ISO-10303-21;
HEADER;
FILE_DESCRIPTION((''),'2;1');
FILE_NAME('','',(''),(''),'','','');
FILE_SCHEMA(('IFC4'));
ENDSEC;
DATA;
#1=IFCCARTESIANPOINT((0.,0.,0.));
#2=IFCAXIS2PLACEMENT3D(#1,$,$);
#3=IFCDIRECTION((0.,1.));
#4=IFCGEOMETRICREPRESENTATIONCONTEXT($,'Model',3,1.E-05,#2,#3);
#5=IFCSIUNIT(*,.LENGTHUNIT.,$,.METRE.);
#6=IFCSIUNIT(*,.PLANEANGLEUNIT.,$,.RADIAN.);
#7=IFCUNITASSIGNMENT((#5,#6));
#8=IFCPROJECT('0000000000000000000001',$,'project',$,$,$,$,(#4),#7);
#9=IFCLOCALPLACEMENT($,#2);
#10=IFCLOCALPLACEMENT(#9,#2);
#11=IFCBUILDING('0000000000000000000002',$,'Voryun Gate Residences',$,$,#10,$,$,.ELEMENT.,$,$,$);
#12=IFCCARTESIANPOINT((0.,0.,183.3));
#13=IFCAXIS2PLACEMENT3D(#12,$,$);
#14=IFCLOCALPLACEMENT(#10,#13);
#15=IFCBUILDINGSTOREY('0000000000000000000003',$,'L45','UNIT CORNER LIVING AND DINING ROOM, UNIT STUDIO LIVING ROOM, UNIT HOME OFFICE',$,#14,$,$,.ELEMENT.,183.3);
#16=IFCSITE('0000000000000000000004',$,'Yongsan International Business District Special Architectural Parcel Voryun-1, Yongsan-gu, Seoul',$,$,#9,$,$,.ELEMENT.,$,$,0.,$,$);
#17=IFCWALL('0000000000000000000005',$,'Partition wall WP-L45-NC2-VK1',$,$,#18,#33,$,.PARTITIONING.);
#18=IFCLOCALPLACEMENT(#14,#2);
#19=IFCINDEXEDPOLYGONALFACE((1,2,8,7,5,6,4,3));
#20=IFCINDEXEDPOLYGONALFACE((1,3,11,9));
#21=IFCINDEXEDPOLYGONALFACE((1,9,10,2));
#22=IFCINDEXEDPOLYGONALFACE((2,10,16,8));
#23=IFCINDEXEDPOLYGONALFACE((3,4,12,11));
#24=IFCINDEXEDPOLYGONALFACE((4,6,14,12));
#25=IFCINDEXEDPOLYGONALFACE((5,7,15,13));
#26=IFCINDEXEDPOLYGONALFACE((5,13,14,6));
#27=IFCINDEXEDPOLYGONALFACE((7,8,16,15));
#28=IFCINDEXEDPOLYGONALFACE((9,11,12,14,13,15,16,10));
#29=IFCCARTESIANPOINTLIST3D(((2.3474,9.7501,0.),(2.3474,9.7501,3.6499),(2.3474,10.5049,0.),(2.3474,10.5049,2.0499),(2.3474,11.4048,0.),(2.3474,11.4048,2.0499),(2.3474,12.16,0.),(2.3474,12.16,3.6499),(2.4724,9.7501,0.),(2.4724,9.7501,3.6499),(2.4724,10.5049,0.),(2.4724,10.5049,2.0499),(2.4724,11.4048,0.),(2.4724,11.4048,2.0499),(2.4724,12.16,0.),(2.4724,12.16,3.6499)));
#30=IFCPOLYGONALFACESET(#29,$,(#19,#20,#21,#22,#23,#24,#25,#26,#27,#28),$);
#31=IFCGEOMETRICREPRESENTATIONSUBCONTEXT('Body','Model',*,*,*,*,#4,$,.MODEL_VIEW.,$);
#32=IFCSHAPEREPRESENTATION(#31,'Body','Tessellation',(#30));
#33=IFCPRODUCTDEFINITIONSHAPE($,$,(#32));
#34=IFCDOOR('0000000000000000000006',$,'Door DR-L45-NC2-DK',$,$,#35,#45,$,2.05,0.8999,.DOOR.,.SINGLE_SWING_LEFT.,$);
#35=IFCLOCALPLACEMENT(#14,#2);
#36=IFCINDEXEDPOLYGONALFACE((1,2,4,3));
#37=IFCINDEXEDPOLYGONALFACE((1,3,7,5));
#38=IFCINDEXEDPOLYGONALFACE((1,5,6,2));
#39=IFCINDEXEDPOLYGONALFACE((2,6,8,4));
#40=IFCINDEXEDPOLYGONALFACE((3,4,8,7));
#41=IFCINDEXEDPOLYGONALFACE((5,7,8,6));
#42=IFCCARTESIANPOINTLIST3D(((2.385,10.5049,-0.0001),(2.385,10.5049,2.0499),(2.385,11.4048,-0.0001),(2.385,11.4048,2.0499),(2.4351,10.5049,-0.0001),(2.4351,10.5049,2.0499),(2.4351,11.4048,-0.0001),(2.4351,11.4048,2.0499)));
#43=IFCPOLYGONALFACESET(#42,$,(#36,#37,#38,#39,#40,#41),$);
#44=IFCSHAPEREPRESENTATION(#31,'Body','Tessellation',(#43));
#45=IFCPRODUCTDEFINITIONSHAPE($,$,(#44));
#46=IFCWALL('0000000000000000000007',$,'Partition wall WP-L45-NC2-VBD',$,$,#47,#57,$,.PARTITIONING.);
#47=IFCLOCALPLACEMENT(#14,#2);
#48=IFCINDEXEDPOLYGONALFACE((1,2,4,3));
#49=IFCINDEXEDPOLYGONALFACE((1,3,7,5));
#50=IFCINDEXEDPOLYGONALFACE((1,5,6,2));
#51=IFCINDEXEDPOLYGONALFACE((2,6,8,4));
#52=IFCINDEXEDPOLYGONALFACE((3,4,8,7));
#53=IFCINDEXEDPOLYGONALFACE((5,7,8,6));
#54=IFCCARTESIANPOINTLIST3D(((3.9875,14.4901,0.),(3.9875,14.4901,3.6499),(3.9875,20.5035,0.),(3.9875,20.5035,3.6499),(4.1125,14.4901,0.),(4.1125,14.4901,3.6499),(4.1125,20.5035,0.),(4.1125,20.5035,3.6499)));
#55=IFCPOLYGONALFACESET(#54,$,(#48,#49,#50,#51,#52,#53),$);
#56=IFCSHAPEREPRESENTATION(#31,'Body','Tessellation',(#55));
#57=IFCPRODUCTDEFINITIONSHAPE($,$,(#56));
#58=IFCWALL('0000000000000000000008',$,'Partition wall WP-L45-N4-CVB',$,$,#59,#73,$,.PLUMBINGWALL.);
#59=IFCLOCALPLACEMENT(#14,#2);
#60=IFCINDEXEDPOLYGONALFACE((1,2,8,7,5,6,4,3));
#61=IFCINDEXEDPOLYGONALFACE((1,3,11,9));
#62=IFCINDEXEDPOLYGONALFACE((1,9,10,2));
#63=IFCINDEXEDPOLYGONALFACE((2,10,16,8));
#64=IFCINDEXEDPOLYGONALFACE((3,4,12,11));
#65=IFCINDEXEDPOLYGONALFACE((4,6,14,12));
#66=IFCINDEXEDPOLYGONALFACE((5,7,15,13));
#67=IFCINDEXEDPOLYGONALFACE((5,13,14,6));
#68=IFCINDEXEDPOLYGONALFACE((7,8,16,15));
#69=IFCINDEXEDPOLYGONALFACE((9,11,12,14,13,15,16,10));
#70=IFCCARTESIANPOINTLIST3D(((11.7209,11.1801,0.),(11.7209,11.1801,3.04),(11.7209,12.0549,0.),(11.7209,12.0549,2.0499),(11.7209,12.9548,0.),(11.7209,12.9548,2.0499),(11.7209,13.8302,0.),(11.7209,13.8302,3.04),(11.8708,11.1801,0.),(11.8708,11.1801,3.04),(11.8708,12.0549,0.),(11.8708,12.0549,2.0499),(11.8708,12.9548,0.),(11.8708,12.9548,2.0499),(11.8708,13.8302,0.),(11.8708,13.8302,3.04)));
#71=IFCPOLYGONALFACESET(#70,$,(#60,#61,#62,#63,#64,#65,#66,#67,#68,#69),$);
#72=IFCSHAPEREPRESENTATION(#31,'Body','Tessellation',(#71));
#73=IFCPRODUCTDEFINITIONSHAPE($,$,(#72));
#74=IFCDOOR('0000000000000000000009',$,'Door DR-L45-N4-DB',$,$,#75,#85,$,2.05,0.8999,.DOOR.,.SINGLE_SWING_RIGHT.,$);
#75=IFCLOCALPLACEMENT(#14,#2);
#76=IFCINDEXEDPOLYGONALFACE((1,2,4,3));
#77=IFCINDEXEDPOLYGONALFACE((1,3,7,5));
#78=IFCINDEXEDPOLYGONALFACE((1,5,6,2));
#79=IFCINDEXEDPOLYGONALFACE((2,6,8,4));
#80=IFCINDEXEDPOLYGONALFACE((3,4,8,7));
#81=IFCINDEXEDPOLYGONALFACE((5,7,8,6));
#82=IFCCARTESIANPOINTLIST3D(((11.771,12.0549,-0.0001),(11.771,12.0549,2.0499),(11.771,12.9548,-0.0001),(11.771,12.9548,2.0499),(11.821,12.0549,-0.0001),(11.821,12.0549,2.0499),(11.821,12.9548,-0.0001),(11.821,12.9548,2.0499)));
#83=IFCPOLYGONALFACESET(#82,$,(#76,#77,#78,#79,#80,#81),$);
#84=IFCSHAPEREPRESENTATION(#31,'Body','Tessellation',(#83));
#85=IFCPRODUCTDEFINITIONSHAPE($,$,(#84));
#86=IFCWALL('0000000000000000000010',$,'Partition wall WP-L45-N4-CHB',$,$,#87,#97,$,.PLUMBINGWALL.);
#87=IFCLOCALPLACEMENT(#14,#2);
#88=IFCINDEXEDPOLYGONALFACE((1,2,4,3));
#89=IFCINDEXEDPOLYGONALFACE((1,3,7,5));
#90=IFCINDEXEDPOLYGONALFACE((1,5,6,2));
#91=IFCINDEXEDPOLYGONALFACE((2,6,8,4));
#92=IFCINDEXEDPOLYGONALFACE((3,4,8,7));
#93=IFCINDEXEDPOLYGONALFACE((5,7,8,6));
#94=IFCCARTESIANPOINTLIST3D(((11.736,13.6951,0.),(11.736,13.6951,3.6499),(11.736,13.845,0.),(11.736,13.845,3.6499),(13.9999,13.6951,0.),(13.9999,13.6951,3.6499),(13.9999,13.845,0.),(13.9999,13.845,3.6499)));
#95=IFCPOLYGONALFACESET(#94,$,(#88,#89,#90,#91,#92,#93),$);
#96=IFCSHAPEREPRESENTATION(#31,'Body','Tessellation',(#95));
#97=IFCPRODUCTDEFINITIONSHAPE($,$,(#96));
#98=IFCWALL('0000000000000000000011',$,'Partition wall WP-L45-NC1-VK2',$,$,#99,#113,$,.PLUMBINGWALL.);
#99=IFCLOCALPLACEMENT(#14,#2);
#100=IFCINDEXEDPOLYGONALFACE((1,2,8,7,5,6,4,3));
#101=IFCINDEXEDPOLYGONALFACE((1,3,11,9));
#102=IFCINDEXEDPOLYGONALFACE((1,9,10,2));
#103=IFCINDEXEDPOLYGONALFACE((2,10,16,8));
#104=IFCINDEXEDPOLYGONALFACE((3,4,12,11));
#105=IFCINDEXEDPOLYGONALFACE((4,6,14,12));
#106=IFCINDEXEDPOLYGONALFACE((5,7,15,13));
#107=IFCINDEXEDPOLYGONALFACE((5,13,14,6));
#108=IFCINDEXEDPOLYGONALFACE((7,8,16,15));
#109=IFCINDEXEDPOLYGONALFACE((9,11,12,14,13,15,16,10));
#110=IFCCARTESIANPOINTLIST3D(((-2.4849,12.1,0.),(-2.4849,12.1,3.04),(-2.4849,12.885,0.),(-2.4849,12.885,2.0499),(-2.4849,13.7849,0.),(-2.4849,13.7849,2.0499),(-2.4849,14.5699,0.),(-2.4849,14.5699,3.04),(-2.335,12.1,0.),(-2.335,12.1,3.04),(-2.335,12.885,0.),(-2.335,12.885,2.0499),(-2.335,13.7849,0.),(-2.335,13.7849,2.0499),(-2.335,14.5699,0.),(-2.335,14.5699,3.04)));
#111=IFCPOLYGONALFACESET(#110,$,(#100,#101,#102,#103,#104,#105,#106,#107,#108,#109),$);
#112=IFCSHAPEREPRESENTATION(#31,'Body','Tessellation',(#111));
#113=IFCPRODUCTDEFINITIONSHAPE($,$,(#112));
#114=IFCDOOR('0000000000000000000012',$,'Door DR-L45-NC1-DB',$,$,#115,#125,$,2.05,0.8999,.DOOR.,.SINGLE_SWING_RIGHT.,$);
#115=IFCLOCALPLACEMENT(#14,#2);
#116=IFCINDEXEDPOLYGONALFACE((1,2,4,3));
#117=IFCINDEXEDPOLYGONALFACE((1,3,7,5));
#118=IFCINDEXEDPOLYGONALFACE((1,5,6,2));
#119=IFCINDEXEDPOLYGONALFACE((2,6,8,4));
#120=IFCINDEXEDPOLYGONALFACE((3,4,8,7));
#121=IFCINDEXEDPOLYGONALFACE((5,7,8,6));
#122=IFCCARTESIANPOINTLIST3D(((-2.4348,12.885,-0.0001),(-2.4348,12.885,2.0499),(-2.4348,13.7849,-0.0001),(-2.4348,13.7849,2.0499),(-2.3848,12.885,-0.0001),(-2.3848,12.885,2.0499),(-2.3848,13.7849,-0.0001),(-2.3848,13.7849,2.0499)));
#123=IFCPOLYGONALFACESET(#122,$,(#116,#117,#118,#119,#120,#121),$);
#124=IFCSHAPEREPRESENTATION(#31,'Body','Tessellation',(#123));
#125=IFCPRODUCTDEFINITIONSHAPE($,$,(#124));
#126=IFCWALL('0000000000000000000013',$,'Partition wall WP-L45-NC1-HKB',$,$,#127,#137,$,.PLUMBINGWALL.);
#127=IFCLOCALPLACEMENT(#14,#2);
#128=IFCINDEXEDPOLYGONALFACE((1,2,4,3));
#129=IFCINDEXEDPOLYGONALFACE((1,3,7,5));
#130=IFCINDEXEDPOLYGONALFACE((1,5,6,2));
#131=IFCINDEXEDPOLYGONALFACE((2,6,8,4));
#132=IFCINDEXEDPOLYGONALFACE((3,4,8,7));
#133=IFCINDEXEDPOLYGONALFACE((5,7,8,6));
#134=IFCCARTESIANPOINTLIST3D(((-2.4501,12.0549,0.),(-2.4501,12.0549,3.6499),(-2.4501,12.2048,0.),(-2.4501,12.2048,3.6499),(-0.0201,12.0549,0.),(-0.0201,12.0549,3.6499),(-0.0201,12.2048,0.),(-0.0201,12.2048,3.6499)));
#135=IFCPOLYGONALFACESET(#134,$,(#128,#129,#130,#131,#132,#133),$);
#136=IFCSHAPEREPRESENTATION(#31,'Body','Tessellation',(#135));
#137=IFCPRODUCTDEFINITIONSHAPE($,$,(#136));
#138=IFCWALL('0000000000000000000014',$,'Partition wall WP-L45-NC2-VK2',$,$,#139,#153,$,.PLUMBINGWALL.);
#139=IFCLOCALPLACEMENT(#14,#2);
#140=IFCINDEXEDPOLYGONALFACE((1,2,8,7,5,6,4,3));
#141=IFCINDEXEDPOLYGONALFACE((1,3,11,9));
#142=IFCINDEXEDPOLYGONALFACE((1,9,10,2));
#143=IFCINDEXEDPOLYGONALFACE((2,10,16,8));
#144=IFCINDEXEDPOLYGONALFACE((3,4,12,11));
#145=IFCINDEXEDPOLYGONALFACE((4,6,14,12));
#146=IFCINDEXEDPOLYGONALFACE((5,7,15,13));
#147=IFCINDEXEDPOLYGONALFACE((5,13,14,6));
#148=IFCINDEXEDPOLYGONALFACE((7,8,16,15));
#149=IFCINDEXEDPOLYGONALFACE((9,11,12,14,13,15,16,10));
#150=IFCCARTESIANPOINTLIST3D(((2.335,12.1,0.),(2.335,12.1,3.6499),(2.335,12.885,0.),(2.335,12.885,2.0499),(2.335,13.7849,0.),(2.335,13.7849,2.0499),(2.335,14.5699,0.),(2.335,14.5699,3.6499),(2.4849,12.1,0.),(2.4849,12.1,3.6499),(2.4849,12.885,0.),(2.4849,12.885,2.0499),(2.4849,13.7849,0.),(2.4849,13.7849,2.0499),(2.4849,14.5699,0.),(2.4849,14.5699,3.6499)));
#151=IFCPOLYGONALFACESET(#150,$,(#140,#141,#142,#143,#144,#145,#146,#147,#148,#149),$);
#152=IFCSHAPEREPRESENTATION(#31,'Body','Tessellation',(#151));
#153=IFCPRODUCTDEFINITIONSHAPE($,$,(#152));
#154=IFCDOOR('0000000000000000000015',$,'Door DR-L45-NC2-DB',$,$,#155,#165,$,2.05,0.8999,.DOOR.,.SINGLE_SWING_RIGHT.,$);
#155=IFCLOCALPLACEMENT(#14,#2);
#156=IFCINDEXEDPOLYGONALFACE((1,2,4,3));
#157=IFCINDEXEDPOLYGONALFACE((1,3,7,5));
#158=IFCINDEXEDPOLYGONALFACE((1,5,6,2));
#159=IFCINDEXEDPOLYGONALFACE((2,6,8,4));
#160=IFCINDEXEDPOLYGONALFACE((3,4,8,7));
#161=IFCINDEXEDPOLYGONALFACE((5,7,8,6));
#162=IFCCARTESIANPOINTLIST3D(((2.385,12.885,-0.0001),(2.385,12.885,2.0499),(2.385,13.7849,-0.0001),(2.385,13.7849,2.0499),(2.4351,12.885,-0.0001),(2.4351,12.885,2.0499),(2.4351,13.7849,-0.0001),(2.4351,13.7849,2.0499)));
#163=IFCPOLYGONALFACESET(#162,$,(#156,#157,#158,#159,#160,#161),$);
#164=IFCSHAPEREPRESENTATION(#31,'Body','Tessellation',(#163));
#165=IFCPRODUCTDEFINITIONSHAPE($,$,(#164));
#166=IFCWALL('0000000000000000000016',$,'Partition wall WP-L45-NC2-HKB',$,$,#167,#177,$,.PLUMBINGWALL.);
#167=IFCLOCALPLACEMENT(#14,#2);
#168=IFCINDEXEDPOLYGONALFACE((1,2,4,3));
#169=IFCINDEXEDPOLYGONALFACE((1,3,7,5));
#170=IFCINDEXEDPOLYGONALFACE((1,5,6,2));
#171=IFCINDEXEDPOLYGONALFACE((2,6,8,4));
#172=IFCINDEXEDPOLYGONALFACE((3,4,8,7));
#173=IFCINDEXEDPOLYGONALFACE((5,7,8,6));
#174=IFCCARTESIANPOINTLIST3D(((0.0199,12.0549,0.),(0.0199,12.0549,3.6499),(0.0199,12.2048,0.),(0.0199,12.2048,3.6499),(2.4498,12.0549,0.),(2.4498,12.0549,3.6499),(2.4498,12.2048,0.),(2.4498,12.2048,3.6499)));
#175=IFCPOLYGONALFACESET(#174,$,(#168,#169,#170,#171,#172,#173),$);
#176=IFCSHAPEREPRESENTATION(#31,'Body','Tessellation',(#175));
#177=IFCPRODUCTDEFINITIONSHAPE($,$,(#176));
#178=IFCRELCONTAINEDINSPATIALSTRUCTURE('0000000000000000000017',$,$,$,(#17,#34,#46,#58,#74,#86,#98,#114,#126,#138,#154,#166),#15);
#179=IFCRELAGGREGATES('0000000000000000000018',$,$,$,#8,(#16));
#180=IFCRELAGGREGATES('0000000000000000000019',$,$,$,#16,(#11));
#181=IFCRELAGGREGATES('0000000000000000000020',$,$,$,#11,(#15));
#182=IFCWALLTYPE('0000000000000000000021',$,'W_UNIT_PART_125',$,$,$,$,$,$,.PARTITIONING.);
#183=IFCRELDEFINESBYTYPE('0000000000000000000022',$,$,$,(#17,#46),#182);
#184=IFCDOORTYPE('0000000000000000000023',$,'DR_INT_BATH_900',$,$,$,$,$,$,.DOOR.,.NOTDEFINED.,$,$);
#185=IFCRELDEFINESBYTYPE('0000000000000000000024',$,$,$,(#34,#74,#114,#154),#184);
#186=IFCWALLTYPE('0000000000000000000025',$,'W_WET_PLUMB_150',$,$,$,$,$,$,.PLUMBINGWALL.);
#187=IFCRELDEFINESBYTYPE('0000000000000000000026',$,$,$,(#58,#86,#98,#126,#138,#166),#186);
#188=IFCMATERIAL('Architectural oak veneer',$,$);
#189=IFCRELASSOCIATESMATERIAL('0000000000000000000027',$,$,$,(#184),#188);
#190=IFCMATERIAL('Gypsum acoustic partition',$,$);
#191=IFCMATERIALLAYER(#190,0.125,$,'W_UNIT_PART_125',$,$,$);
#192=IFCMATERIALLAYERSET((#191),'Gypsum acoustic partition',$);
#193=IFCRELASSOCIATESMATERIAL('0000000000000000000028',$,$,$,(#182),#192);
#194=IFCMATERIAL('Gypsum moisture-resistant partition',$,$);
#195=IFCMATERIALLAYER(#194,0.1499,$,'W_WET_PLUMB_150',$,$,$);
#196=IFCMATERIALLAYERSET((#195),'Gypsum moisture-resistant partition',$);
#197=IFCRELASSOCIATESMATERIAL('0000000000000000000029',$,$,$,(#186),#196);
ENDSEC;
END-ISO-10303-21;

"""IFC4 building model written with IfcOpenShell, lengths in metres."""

from ifc_helpers import new_model, si_unit, direction, frame, frame_2d, origin, place, context, subcontext, project, spatial, rectangle, extrude, material, layer, layer_set, type_object, element, fill, save


model = new_model("IFC4")

# Units and contexts
model_context = context("Model", 3, precision=1e-05, world=origin(), true_north=direction((0.0, 1.0)))
body_context = subcontext(model_context, "Body", "Model", "MODEL_VIEW")
ifc_project = project(units=[si_unit("LENGTHUNIT", "METRE"), si_unit("PLANEANGLEUNIT", "RADIAN")], contexts=[model_context])

# Site, building, storey
site_placement = place(None, origin())
site = spatial("IfcSite", under=ifc_project, at=site_placement, Name="Yongsan International Business District Special Architectural Parcel Voryun-1, Yongsan-gu, Seoul", CompositionType="ELEMENT", RefElevation=0.0)
building_placement = place(site_placement, origin())
building = spatial("IfcBuilding", under=site, at=building_placement, Name="Voryun Gate Residences", CompositionType="ELEMENT")
storey_placement = place(building_placement, frame((0.0, 0.0, 183.3)))
storey = spatial("IfcBuildingStorey", under=building, at=storey_placement, Name="L45", Description="UNIT CORNER LIVING AND DINING ROOM, UNIT STUDIO LIVING ROOM, UNIT HOME OFFICE", CompositionType="ELEMENT", Elevation=183.3)

# Shared definitions
ifc_material_1 = material(Name="Architectural oak veneer")
door_type_1 = type_object("IfcDoorType", Name="DR_INT_BATH_900", OperationType="NOTDEFINED", PredefinedType="DOOR", material=ifc_material_1)

# Shared definitions
ifc_material_2 = material(Name="Gypsum acoustic partition")
ifc_layer_1 = layer(ifc_material_2, 0.125, Name="W_UNIT_PART_125")
ifc_layer_set_1 = layer_set([ifc_layer_1], Name="Gypsum acoustic partition")
wall_type_1 = type_object("IfcWallType", Name="W_UNIT_PART_125", PredefinedType="PARTITIONING", material=ifc_layer_set_1)

# Wall, opening, door
wall_1_placement = place(storey_placement, frame((2.4099, 9.75, 0.0), z_axis=(0.0, 0.0, 1.0), x_axis=(0.0, 1.0, 0.0)))
wall_1 = element("IfcWall", 1, at=wall_1_placement, inside=storey, type_object=wall_type_1, Name="Partition wall WP-L45-NC2-VK1", PredefinedType="PARTITIONING", context=body_context, shape_type="SweptSolid", body=[
    extrude(rectangle(XDim=2.4099, YDim=0.125, at=frame_2d((1.2051, 0.0))), origin(), (0.0, 0.0, 1.0), 3.6499),
])
opening_1_placement = place(wall_1_placement, frame((0.7549, 0.0, 0.0)))
opening_1 = element("IfcOpeningElement", 2, at=opening_1_placement, cuts=wall_1, PredefinedType="OPENING", context=body_context, shape_type="SweptSolid", body=[
    extrude(rectangle(XDim=0.8999, YDim=2.05, at=frame_2d((0.45, 1.0249))), frame((0.0, 0.0725, 0.0), z_axis=(0.0, -1.0, 0.0), x_axis=(1.0, 0.0, 0.0)), (0.0, 0.0, 1.0), 0.145),
])
door_1_placement = place(opening_1_placement, origin())
door_1 = element("IfcDoor", 3, at=door_1_placement, inside=storey, type_object=door_type_1, Name="Door DR-L45-NC2-DK", OperationType="SINGLE_SWING_LEFT", OverallHeight=2.05, OverallWidth=0.8999, PredefinedType="DOOR", context=body_context, shape_type="SweptSolid", body=[
    extrude(rectangle(XDim=0.8999, YDim=2.05, at=frame_2d((0.45, 1.0249))), frame((0.0, 0.0249, 0.0), z_axis=(0.0, -1.0, 0.0), x_axis=(1.0, 0.0, 0.0)), (0.0, 0.0, 1.0), 0.05),
])
fill(opening_1, door_1)

# Wall
wall_2_placement = place(storey_placement, frame((4.05, 14.49, 0.0), z_axis=(0.0, 0.0, 1.0), x_axis=(0.0, 1.0, 0.0)))
element("IfcWall", 4, at=wall_2_placement, inside=storey, type_object=wall_type_1, Name="Partition wall WP-L45-NC2-VBD", PredefinedType="PARTITIONING", context=body_context, shape_type="SweptSolid", body=[
    extrude(rectangle(XDim=6.0134, YDim=0.125, at=frame_2d((3.0068, 0.0))), origin(), (0.0, 0.0, 1.0), 3.6499),
])

# Wall, opening, door
ifc_material_3 = material(Name="Gypsum moisture-resistant partition")
ifc_layer_2 = layer(ifc_material_3, 0.1499, Name="W_WET_PLUMB_150")
ifc_layer_set_2 = layer_set([ifc_layer_2], Name="Gypsum moisture-resistant partition")
wall_type_2 = type_object("IfcWallType", Name="W_WET_PLUMB_150", PredefinedType="PLUMBINGWALL", material=ifc_layer_set_2)
wall_3_placement = place(storey_placement, frame((11.7959, 11.1799, 0.0), z_axis=(0.0, 0.0, 1.0), x_axis=(0.0, 1.0, 0.0)))
wall_3 = element("IfcWall", 5, at=wall_3_placement, inside=storey, type_object=wall_type_2, Name="Partition wall WP-L45-N4-CVB", PredefinedType="PLUMBINGWALL", context=body_context, shape_type="SweptSolid", body=[
    extrude(rectangle(XDim=2.6501, YDim=0.1499, at=frame_2d((1.3252, 0.0))), origin(), (0.0, 0.0, 1.0), 3.04),
])
opening_2_placement = place(wall_3_placement, frame((0.875, 0.0, 0.0)))
opening_2 = element("IfcOpeningElement", 6, at=opening_2_placement, cuts=wall_3, PredefinedType="OPENING", context=body_context, shape_type="SweptSolid", body=[
    extrude(rectangle(XDim=0.8999, YDim=2.05, at=frame_2d((0.45, 1.0249))), frame((0.0, 0.085, 0.0), z_axis=(0.0, -1.0, 0.0), x_axis=(1.0, 0.0, 0.0)), (0.0, 0.0, 1.0), 0.1699),
])
door_2_placement = place(opening_2_placement, origin())
door_2 = element("IfcDoor", 7, at=door_2_placement, inside=storey, type_object=door_type_1, Name="Door DR-L45-N4-DB", OperationType="SINGLE_SWING_RIGHT", OverallHeight=2.05, OverallWidth=0.8999, PredefinedType="DOOR", context=body_context, shape_type="SweptSolid", body=[
    extrude(rectangle(XDim=0.8999, YDim=2.05, at=frame_2d((0.45, 1.0249))), frame((0.0, 0.0249, 0.0), z_axis=(0.0, -1.0, 0.0), x_axis=(1.0, 0.0, 0.0)), (0.0, 0.0, 1.0), 0.05),
])
fill(opening_2, door_2)

# Wall
wall_4_placement = place(storey_placement, frame((11.7361, 13.77, 0.0), z_axis=(0.0, 0.0, 1.0), x_axis=(1.0, 0.0, 0.0)))
element("IfcWall", 8, at=wall_4_placement, inside=storey, type_object=wall_type_2, Name="Partition wall WP-L45-N4-CHB", PredefinedType="PLUMBINGWALL", context=body_context, shape_type="SweptSolid", body=[
    extrude(rectangle(XDim=2.2639, YDim=0.1499, at=frame_2d((1.1318, 0.0))), origin(), (0.0, 0.0, 1.0), 3.6499),
])

# Wall, opening, door
wall_5_placement = place(storey_placement, frame((-2.4099, 12.1001, 0.0), z_axis=(0.0, 0.0, 1.0), x_axis=(0.0, 1.0, 0.0)))
wall_5 = element("IfcWall", 9, at=wall_5_placement, inside=storey, type_object=wall_type_2, Name="Partition wall WP-L45-NC1-VK2", PredefinedType="PLUMBINGWALL", context=body_context, shape_type="SweptSolid", body=[
    extrude(rectangle(XDim=2.47, YDim=0.1499, at=frame_2d((1.2349, 0.0))), origin(), (0.0, 0.0, 1.0), 3.04),
])
opening_3_placement = place(wall_5_placement, frame((0.7849, 0.0, 0.0)))
opening_3 = element("IfcOpeningElement", 10, at=opening_3_placement, cuts=wall_5, PredefinedType="OPENING", context=body_context, shape_type="SweptSolid", body=[
    extrude(rectangle(XDim=0.8999, YDim=2.05, at=frame_2d((0.45, 1.0249))), frame((0.0, 0.085, 0.0), z_axis=(0.0, -1.0, 0.0), x_axis=(1.0, 0.0, 0.0)), (0.0, 0.0, 1.0), 0.1699),
])
door_3_placement = place(opening_3_placement, origin())
door_3 = element("IfcDoor", 11, at=door_3_placement, inside=storey, type_object=door_type_1, Name="Door DR-L45-NC1-DB", OperationType="SINGLE_SWING_RIGHT", OverallHeight=2.05, OverallWidth=0.8999, PredefinedType="DOOR", context=body_context, shape_type="SweptSolid", body=[
    extrude(rectangle(XDim=0.8999, YDim=2.05, at=frame_2d((0.45, 1.0249))), frame((0.0, 0.0249, 0.0), z_axis=(0.0, -1.0, 0.0), x_axis=(1.0, 0.0, 0.0)), (0.0, 0.0, 1.0), 0.05),
])
fill(opening_3, door_3)

# Wall
wall_6_placement = place(storey_placement, frame((-2.45, 12.1299, 0.0), z_axis=(0.0, 0.0, 1.0), x_axis=(1.0, 0.0, 0.0)))
element("IfcWall", 12, at=wall_6_placement, inside=storey, type_object=wall_type_2, Name="Partition wall WP-L45-NC1-HKB", PredefinedType="PLUMBINGWALL", context=body_context, shape_type="SweptSolid", body=[
    extrude(rectangle(XDim=2.4299, YDim=0.1499, at=frame_2d((1.2148, 0.0))), origin(), (0.0, 0.0, 1.0), 3.6499),
])

# Wall, opening, door
wall_7_placement = place(storey_placement, frame((2.4099, 12.1001, 0.0), z_axis=(0.0, 0.0, 1.0), x_axis=(0.0, 1.0, 0.0)))
wall_7 = element("IfcWall", 13, at=wall_7_placement, inside=storey, type_object=wall_type_2, Name="Partition wall WP-L45-NC2-VK2", PredefinedType="PLUMBINGWALL", context=body_context, shape_type="SweptSolid", body=[
    extrude(rectangle(XDim=2.47, YDim=0.1499, at=frame_2d((1.2349, 0.0))), origin(), (0.0, 0.0, 1.0), 3.6499),
])
opening_4_placement = place(wall_7_placement, frame((0.7849, 0.0, 0.0)))
opening_4 = element("IfcOpeningElement", 14, at=opening_4_placement, cuts=wall_7, PredefinedType="OPENING", context=body_context, shape_type="SweptSolid", body=[
    extrude(rectangle(XDim=0.8999, YDim=2.05, at=frame_2d((0.45, 1.0249))), frame((0.0, 0.085, 0.0), z_axis=(0.0, -1.0, 0.0), x_axis=(1.0, 0.0, 0.0)), (0.0, 0.0, 1.0), 0.1699),
])
door_4_placement = place(opening_4_placement, origin())
door_4 = element("IfcDoor", 15, at=door_4_placement, inside=storey, type_object=door_type_1, Name="Door DR-L45-NC2-DB", OperationType="SINGLE_SWING_RIGHT", OverallHeight=2.05, OverallWidth=0.8999, PredefinedType="DOOR", context=body_context, shape_type="SweptSolid", body=[
    extrude(rectangle(XDim=0.8999, YDim=2.05, at=frame_2d((0.45, 1.0249))), frame((0.0, 0.0249, 0.0), z_axis=(0.0, -1.0, 0.0), x_axis=(1.0, 0.0, 0.0)), (0.0, 0.0, 1.0), 0.05),
])
fill(opening_4, door_4)

# Wall
wall_8_placement = place(storey_placement, frame((0.02, 12.1299, 0.0), z_axis=(0.0, 0.0, 1.0), x_axis=(1.0, 0.0, 0.0)))
element("IfcWall", 16, at=wall_8_placement, inside=storey, type_object=wall_type_2, Name="Partition wall WP-L45-NC2-HKB", PredefinedType="PLUMBINGWALL", context=body_context, shape_type="SweptSolid", body=[
    extrude(rectangle(XDim=2.4299, YDim=0.1499, at=frame_2d((1.2148, 0.0))), origin(), (0.0, 0.0, 1.0), 3.6499),
])

save(model, "model.ifc")
